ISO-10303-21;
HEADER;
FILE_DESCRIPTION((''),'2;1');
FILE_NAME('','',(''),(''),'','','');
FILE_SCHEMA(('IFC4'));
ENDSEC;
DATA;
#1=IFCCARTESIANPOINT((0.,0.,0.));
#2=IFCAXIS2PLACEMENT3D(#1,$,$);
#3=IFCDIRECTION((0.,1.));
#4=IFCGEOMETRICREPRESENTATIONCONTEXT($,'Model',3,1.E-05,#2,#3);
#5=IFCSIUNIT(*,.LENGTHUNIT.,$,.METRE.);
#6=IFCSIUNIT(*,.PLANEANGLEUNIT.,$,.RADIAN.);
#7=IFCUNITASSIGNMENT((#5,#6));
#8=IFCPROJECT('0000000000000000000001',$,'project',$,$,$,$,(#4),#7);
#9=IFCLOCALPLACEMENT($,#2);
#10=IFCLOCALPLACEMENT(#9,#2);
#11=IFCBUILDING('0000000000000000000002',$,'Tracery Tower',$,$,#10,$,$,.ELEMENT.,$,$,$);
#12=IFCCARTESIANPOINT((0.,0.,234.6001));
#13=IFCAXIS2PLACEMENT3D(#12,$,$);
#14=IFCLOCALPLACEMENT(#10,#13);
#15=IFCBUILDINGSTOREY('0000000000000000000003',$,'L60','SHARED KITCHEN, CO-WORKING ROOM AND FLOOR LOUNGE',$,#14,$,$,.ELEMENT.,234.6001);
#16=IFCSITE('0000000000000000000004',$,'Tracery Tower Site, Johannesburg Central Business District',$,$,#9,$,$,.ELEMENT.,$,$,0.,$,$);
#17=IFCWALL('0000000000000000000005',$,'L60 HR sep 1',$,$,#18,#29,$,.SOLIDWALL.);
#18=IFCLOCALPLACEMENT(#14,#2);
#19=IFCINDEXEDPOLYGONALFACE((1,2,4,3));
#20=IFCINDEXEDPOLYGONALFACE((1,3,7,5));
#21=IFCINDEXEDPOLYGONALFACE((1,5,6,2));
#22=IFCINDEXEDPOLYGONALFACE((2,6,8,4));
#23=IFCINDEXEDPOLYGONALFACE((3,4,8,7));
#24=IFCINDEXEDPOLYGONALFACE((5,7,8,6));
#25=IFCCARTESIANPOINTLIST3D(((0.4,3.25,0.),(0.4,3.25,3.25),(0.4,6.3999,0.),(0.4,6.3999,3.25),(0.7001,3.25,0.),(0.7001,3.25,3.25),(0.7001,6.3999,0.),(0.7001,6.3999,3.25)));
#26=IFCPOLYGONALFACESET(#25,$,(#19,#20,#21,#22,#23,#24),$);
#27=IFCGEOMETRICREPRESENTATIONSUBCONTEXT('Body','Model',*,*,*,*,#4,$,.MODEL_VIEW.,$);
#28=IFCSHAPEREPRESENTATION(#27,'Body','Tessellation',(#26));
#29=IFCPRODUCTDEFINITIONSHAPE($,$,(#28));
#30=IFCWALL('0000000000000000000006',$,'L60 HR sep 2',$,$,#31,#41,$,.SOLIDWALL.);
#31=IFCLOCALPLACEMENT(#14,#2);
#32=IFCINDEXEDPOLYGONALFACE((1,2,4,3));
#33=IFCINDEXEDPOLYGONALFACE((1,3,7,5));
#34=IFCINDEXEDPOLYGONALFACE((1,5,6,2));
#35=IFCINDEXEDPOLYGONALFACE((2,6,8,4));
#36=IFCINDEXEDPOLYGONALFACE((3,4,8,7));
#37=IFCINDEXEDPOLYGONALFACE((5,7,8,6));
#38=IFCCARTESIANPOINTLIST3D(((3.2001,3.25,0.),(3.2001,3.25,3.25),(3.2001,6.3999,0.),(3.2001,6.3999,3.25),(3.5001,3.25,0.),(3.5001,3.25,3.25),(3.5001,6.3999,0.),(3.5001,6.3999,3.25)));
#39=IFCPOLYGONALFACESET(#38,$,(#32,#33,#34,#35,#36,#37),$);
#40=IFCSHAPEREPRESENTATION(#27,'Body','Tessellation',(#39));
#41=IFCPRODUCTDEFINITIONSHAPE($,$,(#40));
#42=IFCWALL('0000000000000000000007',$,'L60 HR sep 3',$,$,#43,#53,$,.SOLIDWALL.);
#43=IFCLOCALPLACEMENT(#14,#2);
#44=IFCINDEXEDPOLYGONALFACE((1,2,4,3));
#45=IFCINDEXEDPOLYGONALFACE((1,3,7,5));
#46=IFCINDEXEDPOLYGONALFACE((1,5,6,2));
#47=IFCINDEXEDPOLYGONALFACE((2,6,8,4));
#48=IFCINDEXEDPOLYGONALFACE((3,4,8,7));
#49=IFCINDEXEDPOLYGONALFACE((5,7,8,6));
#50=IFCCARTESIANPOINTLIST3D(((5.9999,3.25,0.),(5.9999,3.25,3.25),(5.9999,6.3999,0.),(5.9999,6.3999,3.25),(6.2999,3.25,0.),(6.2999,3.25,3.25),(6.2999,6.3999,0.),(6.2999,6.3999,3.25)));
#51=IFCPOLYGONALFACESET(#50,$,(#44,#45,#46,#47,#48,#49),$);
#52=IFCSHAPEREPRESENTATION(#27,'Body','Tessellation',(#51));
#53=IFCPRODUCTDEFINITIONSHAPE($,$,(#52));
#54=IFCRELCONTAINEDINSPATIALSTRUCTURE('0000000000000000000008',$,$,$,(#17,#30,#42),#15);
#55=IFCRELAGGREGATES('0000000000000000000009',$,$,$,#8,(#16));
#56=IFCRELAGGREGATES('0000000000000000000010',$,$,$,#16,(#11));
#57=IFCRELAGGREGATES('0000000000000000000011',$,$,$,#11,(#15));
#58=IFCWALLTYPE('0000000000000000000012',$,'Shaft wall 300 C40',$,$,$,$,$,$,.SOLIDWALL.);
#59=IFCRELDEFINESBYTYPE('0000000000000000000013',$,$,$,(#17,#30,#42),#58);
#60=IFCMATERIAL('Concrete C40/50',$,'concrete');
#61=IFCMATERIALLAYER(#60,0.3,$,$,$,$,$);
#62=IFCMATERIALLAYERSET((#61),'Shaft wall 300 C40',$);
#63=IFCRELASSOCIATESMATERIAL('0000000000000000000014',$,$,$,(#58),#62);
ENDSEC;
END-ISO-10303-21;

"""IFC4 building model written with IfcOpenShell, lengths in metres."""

from ifc_helpers import new_model, si_unit, direction, frame, frame_2d, origin, place, context, subcontext, project, spatial, rectangle, extrude, material, layer, layer_set, type_object, element, save


model = new_model("IFC4")

# Units and contexts
model_context = context("Model", 3, precision=1e-05, world=origin(), true_north=direction((0.0, 1.0)))
body_context = subcontext(model_context, "Body", "Model", "MODEL_VIEW")
ifc_project = project(units=[si_unit("LENGTHUNIT", "METRE"), si_unit("PLANEANGLEUNIT", "RADIAN")], contexts=[model_context])

# Site, building, storey
site_placement = place(None, origin())
site = spatial("IfcSite", under=ifc_project, at=site_placement, Name="Tracery Tower Site, Johannesburg Central Business District", CompositionType="ELEMENT", RefElevation=0.0)
building_placement = place(site_placement, origin())
building = spatial("IfcBuilding", under=site, at=building_placement, Name="Tracery Tower", CompositionType="ELEMENT")
storey_placement = place(building_placement, frame((0.0, 0.0, 234.6001)))
storey = spatial("IfcBuildingStorey", under=building, at=storey_placement, Name="L60", Description="SHARED KITCHEN, CO-WORKING ROOM AND FLOOR LOUNGE", CompositionType="ELEMENT", Elevation=234.6001)

# Walls
ifc_material_1 = material(Name="Concrete C40/50", Category="concrete")
ifc_layer_1 = layer(ifc_material_1, 0.3)
ifc_layer_set_1 = layer_set([ifc_layer_1], Name="Shaft wall 300 C40")
wall_type_1 = type_object("IfcWallType", Name="Shaft wall 300 C40", PredefinedType="SOLIDWALL", material=ifc_layer_set_1)
for number, where, z_axis, x_axis, name in (
    (1, (0.55, 3.25, 0.0), (0.0, 0.0, 1.0), (0.0, 1.0, 0.0), "L60 HR sep 1"),
    (2, (3.3501, 3.25, 0.0), (0.0, 0.0, 1.0), (0.0, 1.0, 0.0), "L60 HR sep 2"),
    (3, (6.1499, 3.25, 0.0), (0.0, 0.0, 1.0), (0.0, 1.0, 0.0), "L60 HR sep 3"),
):
    element("IfcWall", number, at=place(storey_placement, frame(where, z_axis=z_axis, x_axis=x_axis)), inside=storey, type_object=wall_type_1, Name=name, PredefinedType="SOLIDWALL", context=body_context, shape_type="SweptSolid", body=[
        extrude(rectangle(XDim=3.1499, YDim=0.3, at=frame_2d((1.575, 0.0))), origin(), (0.0, 0.0, 1.0), 3.25),
    ])

save(model, "model.ifc")
